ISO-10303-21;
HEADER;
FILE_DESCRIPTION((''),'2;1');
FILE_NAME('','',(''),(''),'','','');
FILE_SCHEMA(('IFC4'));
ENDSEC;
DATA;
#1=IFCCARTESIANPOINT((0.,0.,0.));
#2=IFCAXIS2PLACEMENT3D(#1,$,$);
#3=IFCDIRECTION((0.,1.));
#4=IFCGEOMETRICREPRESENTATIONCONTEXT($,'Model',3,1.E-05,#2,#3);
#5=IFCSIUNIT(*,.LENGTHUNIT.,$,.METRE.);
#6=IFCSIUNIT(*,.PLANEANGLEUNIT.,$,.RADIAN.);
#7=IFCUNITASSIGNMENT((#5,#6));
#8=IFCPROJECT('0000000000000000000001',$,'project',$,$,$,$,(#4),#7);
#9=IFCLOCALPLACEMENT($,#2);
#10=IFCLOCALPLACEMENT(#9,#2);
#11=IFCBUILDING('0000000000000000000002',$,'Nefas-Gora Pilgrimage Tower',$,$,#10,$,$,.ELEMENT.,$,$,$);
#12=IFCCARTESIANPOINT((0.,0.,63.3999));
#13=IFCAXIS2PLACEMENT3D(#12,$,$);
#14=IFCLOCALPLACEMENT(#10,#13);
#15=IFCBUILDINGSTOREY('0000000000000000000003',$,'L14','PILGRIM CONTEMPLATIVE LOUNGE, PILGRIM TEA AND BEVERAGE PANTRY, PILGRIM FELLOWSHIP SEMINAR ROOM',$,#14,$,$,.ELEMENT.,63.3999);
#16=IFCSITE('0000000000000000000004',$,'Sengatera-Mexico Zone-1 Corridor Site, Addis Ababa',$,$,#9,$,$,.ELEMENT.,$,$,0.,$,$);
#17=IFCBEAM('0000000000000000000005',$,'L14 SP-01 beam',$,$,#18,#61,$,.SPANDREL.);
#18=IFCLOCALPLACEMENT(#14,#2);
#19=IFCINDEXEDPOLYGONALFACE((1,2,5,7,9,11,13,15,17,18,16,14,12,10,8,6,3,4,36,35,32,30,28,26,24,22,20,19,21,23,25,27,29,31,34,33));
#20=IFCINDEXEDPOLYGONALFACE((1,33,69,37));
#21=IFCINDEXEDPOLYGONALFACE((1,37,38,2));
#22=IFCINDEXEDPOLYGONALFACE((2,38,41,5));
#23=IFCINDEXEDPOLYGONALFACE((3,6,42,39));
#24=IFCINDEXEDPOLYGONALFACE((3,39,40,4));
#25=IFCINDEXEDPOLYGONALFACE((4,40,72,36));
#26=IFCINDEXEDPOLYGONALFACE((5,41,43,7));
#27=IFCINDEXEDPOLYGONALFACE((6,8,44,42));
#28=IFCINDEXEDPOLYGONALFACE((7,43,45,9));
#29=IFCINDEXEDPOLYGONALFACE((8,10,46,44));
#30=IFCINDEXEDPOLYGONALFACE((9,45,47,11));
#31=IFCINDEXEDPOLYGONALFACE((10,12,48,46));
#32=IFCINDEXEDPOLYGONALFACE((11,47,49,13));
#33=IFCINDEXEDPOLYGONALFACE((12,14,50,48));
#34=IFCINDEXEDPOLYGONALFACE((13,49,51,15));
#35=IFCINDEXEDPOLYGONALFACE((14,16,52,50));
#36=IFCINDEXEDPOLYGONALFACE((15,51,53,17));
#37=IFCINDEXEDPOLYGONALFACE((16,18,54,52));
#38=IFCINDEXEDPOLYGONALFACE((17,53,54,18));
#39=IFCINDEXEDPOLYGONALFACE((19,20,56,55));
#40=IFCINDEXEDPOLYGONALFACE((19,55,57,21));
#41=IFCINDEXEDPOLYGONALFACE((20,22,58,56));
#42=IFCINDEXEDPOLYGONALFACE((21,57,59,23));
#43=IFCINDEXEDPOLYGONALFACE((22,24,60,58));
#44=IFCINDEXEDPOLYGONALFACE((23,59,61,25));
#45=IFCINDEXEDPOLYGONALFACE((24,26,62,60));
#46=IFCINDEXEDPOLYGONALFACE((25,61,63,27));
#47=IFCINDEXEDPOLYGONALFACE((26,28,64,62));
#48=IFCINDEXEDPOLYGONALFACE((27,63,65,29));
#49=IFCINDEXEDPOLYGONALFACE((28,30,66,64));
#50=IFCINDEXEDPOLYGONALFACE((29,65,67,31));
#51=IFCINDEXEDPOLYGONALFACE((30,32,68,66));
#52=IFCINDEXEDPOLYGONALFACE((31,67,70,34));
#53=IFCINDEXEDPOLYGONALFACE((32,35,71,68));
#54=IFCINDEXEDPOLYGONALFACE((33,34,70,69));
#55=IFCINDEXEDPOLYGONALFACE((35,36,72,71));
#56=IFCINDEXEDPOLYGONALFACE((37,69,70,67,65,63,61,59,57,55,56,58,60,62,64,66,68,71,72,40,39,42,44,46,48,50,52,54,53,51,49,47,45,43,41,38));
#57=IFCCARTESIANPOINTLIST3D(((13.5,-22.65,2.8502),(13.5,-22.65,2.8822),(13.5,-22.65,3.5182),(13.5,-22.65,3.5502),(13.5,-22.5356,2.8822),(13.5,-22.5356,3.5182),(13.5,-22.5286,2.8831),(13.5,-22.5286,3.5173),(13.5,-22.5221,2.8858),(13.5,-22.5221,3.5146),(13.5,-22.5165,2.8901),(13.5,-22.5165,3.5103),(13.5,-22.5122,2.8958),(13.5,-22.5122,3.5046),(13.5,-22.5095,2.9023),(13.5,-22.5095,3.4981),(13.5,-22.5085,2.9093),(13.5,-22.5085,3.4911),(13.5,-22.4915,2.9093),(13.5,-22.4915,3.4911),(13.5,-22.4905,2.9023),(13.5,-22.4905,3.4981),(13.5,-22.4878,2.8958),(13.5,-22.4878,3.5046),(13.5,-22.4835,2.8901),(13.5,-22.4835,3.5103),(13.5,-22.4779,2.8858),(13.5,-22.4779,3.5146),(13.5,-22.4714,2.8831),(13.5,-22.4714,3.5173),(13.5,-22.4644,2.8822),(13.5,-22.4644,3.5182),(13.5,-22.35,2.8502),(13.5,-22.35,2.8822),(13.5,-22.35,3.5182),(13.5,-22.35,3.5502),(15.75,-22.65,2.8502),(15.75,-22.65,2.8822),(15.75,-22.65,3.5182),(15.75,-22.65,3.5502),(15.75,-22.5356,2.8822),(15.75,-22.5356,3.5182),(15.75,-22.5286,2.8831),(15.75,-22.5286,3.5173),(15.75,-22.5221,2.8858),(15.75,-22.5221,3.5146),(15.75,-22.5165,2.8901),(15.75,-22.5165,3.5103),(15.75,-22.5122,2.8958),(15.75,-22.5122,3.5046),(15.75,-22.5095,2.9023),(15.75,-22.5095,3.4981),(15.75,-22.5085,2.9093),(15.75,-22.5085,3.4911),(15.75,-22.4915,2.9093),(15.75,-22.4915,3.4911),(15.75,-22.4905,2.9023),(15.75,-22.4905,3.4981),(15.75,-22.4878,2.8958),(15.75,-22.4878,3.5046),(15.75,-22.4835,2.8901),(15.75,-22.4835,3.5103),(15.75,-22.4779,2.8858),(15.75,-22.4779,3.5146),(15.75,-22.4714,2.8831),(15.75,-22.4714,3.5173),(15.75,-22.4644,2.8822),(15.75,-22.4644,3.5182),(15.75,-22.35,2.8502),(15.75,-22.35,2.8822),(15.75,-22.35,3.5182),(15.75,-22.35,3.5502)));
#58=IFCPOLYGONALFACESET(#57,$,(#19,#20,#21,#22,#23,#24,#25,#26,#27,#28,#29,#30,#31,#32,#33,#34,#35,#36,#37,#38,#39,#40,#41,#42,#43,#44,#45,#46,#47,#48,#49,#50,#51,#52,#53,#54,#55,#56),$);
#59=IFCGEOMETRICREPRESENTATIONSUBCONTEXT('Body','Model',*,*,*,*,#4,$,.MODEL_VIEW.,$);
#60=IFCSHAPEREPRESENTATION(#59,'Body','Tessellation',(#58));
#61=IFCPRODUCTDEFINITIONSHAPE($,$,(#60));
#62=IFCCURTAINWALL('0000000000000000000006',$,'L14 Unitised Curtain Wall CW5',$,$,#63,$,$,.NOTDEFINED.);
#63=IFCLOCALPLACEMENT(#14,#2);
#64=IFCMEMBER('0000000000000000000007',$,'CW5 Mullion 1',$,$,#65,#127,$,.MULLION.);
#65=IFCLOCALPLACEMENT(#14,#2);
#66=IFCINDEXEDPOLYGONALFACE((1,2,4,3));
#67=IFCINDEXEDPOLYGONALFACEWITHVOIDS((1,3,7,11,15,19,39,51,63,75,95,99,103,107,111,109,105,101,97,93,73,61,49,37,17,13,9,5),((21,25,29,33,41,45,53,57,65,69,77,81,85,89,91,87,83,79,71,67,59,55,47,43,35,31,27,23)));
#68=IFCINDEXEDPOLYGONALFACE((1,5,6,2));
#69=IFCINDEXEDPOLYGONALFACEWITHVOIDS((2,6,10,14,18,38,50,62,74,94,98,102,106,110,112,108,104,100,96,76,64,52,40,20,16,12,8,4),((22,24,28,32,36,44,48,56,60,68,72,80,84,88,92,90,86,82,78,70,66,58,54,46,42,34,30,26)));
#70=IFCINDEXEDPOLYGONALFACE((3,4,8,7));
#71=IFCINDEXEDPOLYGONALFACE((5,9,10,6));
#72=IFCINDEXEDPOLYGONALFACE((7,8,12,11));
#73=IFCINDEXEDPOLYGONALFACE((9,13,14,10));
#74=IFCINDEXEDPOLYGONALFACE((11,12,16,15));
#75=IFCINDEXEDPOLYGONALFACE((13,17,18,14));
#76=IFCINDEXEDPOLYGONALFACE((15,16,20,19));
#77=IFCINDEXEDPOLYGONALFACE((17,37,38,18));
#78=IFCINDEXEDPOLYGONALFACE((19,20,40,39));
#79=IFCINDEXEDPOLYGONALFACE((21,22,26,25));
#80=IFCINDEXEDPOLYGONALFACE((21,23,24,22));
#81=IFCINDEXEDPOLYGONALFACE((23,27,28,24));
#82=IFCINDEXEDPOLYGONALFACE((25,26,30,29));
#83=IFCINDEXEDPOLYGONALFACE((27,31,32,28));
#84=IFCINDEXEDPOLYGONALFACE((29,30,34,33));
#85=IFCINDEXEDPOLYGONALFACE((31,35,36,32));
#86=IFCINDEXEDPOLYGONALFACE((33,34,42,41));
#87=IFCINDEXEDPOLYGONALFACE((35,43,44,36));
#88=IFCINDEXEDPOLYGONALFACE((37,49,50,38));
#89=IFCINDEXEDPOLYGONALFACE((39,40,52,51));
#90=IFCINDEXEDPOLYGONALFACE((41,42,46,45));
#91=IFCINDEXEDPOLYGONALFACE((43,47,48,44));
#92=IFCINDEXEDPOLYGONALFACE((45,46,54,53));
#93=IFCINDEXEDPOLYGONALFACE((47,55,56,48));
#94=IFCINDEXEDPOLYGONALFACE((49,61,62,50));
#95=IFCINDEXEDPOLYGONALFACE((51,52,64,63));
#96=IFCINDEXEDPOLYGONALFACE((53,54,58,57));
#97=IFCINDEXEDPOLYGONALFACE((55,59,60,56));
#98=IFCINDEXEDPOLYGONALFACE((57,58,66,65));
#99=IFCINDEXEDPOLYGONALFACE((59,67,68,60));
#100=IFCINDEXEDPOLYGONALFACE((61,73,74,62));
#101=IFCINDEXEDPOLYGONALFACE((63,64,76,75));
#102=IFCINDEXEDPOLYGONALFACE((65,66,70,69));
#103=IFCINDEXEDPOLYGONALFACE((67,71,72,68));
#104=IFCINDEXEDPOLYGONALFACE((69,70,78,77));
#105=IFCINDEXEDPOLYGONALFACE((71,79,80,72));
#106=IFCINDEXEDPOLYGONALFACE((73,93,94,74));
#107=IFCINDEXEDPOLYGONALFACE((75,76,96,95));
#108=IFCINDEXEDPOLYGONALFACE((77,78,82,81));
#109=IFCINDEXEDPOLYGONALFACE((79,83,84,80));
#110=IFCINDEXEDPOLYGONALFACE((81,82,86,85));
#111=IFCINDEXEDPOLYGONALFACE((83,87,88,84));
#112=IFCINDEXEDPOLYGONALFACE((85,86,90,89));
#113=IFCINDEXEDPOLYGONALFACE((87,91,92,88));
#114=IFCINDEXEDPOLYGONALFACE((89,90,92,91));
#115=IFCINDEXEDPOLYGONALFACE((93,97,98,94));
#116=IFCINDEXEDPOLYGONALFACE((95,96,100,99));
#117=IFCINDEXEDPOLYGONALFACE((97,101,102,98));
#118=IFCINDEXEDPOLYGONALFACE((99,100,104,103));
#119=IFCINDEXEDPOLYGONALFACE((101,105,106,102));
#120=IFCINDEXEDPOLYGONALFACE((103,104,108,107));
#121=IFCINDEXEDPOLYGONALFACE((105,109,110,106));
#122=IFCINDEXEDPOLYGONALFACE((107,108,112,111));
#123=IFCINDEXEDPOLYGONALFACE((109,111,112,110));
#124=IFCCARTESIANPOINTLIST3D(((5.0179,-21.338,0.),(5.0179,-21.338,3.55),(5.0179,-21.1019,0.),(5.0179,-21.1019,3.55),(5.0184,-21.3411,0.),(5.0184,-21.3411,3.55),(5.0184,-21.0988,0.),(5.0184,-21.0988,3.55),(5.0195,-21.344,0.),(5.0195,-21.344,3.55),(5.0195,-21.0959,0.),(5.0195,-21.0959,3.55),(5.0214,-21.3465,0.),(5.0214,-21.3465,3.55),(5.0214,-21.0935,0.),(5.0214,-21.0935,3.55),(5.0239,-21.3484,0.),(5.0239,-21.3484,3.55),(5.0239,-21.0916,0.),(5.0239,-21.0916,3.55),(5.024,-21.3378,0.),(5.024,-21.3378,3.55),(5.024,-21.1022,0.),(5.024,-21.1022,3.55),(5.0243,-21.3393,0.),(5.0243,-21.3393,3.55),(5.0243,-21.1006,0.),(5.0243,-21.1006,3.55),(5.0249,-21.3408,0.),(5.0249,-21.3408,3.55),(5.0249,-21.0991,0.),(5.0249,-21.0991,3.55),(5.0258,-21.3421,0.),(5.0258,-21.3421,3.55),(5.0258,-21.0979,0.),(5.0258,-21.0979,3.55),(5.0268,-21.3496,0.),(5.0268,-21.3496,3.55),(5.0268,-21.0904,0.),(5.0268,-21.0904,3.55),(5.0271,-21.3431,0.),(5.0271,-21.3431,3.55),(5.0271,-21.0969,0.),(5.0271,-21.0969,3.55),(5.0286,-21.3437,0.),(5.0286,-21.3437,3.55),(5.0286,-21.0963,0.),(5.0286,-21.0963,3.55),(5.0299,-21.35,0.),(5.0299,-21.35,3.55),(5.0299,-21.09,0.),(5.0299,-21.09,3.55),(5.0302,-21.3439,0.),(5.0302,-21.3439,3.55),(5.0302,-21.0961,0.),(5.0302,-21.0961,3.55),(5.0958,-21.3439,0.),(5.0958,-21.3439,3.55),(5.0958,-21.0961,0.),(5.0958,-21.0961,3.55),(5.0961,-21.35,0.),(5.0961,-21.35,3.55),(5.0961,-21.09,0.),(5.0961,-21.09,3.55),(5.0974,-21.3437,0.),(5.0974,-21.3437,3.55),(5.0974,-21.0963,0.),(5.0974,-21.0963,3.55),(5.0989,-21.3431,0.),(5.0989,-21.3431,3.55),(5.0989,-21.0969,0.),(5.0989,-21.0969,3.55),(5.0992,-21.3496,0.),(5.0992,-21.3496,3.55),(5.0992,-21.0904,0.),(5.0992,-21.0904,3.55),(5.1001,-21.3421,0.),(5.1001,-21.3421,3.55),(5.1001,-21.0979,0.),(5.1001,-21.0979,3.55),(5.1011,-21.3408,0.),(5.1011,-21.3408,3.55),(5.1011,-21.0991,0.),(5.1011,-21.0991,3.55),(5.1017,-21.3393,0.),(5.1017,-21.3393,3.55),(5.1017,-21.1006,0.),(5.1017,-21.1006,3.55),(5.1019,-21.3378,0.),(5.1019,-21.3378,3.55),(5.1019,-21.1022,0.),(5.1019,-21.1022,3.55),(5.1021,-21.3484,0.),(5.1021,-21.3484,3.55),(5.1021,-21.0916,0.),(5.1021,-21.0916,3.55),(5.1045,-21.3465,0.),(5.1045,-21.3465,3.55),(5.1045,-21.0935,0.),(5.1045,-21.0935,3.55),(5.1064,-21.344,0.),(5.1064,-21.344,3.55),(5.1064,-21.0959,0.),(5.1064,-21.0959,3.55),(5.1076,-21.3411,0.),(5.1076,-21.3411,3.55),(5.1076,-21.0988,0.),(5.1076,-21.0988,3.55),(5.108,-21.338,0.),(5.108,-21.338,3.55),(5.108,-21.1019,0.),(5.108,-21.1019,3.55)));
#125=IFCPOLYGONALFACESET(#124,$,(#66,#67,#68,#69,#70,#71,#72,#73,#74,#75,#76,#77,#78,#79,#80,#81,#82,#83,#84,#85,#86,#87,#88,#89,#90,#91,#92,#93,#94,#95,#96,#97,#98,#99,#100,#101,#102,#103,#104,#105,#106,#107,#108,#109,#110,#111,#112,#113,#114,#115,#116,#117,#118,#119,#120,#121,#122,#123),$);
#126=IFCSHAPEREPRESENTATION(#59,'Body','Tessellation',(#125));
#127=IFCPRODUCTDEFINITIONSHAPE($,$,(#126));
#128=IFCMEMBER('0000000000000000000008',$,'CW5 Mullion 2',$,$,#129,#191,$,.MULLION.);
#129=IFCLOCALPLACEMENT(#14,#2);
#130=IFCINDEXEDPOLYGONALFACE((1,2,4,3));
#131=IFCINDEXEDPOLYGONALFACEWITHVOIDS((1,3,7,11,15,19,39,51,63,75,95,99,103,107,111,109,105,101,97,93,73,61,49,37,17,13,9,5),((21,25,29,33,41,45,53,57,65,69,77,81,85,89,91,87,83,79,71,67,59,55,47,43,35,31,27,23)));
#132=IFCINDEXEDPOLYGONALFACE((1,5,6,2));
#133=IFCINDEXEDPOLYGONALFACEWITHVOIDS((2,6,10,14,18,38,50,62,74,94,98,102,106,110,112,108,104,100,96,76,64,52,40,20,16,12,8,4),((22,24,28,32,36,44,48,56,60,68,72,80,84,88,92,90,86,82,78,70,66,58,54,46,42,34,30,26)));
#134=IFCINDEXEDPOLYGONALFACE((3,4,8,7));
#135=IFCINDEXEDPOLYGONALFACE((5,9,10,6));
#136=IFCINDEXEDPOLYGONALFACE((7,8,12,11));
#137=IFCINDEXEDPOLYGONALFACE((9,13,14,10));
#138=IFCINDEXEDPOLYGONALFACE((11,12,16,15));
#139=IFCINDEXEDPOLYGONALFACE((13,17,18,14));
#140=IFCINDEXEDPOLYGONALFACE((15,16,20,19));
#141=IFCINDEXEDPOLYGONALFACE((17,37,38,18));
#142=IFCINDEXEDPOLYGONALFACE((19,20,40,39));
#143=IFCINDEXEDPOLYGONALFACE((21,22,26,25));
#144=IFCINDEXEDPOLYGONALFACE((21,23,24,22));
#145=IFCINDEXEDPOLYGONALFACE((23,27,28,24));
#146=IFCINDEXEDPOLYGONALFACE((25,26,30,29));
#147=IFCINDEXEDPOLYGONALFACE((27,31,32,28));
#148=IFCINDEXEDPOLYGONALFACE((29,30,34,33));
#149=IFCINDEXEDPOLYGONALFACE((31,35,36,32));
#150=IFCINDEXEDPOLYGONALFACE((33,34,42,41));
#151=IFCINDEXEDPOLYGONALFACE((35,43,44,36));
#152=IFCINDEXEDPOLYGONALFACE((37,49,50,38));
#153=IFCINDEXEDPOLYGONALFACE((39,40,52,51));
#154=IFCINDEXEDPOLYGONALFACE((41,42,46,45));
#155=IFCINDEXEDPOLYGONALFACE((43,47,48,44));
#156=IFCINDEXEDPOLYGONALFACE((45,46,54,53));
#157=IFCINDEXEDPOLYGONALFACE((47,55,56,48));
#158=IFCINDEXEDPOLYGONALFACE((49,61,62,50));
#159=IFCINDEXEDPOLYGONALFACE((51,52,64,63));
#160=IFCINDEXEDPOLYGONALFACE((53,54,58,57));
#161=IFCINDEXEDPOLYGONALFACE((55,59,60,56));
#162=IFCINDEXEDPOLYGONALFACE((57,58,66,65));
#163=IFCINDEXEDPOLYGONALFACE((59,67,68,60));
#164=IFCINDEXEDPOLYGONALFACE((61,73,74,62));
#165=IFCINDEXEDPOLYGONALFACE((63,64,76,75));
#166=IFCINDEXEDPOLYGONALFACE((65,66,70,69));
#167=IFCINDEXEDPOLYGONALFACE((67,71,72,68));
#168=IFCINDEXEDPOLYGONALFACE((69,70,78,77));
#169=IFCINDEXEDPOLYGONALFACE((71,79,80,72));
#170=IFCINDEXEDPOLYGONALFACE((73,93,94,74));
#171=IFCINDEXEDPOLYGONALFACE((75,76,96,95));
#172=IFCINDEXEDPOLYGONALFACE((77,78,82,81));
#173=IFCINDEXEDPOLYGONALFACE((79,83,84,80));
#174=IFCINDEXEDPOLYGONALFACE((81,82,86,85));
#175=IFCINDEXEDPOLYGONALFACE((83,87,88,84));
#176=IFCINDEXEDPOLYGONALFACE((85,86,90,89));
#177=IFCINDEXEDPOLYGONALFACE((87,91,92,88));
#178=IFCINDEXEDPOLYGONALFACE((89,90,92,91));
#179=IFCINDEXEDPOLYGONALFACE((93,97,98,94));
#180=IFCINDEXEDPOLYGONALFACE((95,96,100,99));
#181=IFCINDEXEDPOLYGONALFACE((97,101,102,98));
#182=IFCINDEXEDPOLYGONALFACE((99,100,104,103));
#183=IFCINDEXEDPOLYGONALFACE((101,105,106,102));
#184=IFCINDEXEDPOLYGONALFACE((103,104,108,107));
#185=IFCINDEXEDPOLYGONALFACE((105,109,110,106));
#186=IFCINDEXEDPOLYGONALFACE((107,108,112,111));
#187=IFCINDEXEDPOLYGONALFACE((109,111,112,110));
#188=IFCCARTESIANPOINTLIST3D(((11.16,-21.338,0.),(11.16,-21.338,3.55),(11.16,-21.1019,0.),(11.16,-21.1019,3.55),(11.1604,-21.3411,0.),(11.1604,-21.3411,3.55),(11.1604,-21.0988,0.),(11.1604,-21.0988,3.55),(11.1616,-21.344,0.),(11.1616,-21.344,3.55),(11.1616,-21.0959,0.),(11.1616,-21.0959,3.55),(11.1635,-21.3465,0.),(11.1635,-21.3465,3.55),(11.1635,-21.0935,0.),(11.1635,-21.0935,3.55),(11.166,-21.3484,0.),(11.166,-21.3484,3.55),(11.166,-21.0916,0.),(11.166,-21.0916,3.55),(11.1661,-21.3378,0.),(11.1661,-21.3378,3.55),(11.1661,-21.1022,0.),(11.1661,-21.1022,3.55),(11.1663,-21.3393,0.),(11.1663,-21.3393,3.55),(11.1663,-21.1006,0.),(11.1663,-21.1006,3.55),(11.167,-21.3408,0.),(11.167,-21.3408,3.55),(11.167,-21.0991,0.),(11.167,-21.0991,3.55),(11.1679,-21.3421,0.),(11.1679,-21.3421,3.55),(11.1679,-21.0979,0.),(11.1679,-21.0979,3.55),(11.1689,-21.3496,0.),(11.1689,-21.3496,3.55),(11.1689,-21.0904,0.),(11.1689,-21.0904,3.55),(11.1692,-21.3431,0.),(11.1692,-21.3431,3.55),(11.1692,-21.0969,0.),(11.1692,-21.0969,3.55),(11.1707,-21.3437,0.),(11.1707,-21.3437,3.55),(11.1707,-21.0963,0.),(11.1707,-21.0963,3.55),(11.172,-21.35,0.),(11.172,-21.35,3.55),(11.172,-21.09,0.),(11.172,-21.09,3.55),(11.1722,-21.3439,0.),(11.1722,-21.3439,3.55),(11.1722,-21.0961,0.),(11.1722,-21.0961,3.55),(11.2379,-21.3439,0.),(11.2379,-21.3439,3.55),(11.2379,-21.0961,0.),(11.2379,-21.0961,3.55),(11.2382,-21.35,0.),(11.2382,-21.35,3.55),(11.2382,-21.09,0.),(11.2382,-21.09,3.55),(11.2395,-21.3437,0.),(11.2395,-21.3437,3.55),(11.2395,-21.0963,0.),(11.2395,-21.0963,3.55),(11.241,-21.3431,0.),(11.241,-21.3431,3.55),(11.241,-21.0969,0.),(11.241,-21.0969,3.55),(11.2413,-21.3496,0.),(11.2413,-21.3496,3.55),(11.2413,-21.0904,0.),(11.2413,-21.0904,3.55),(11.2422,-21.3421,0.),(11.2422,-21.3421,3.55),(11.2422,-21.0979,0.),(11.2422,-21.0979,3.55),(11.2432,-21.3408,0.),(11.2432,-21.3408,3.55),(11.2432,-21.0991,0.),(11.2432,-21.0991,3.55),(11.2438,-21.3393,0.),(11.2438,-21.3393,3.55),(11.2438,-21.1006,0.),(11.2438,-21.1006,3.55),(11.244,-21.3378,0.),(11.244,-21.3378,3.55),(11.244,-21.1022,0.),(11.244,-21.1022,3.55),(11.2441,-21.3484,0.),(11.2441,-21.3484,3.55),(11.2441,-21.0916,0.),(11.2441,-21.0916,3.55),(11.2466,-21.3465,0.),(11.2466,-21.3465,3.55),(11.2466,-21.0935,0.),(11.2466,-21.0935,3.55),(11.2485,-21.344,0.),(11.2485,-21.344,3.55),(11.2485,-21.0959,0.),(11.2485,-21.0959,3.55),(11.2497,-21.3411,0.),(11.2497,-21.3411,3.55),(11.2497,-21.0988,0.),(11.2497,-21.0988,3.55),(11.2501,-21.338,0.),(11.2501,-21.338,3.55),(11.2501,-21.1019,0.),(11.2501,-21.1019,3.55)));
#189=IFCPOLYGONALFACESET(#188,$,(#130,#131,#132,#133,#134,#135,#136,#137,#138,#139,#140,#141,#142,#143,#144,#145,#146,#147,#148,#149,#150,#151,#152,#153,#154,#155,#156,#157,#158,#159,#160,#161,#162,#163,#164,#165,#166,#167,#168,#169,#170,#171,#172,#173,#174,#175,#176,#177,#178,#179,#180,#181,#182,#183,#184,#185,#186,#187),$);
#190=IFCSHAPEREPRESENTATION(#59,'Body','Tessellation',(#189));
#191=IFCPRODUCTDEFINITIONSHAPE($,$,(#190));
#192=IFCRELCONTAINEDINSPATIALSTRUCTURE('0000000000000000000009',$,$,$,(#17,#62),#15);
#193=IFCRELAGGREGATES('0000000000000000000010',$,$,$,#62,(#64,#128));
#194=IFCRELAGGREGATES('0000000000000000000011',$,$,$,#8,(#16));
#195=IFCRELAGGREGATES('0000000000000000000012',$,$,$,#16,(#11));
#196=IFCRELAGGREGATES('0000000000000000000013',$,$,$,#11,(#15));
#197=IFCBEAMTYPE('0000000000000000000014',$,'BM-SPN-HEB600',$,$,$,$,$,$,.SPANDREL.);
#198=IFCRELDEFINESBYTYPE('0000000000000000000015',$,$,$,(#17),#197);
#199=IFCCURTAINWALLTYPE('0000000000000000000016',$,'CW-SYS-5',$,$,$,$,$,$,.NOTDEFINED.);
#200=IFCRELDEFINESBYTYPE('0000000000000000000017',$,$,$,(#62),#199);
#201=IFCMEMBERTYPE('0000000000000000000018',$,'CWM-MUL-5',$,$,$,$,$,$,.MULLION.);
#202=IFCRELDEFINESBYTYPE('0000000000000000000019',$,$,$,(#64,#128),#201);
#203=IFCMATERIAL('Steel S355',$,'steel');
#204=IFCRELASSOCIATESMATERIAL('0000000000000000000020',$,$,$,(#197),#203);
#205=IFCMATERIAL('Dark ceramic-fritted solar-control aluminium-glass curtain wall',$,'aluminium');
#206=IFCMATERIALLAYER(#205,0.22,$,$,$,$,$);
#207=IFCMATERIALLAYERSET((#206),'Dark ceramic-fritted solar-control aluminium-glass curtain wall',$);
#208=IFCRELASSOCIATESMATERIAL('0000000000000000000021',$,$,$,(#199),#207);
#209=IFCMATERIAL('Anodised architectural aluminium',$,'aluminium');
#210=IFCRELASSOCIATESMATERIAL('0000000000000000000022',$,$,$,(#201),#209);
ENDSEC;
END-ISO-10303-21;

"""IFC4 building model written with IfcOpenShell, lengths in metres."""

from ifc_helpers import new_model, si_unit, direction, frame, origin, origin_2d, place, context, subcontext, project, spatial, hollow_rectangle, i_section, extrude, source, transform, mapped, material, layer, layer_set, material_profile, profile_set, type_object, element, aggregate, save


model = new_model("IFC4")

# Units and contexts
model_context = context("Model", 3, precision=1e-05, world=origin(), true_north=direction((0.0, 1.0)))
body_context = subcontext(model_context, "Body", "Model", "MODEL_VIEW")
ifc_project = project(units=[si_unit("LENGTHUNIT", "METRE"), si_unit("PLANEANGLEUNIT", "RADIAN")], contexts=[model_context])

# Site, building, storey
site_placement = place(None, origin())
site = spatial("IfcSite", under=ifc_project, at=site_placement, Name="Sengatera-Mexico Zone-1 Corridor Site, Addis Ababa", CompositionType="ELEMENT", RefElevation=0.0)
building_placement = place(site_placement, origin())
building = spatial("IfcBuilding", under=site, at=building_placement, Name="Nefas-Gora Pilgrimage Tower", CompositionType="ELEMENT")
storey_placement = place(building_placement, frame((0.0, 0.0, 63.3999)))
storey = spatial("IfcBuildingStorey", under=building, at=storey_placement, Name="L14", Description="PILGRIM CONTEMPLATIVE LOUNGE, PILGRIM TEA AND BEVERAGE PANTRY, PILGRIM FELLOWSHIP SEMINAR ROOM", CompositionType="ELEMENT", Elevation=63.3999)

# Beam
ifc_material_1 = material(Name="Steel S355", Category="steel")
ifc_material_profile_1 = material_profile(ifc_material_1, i_section(OverallWidth=0.3, OverallDepth=0.7, WebThickness=0.0171, FlangeThickness=0.032, FilletRadius=0.0271, at=origin_2d()), Name="HEB 700")
ifc_profile_set_1 = profile_set([ifc_material_profile_1], Name="Steel S355")
beam_type_1 = type_object("IfcBeamType", Name="BM-SPN-HEB600", PredefinedType="SPANDREL", material=ifc_profile_set_1)
shared_shape_1 = source(origin(), body_context, "Body", "SweptSolid", [
    extrude(i_section(OverallWidth=0.3, OverallDepth=0.7, WebThickness=0.0171, FlangeThickness=0.032, FilletRadius=0.0271, at=origin_2d()), origin(), (0.0, 0.0, 1.0), 2.25),
])
beam_1_placement = place(storey_placement, frame((13.5, -22.5, 3.2002), z_axis=(1.0, 0.0, 0.0), x_axis=(0.0, 1.0, 0.0)))
element("IfcBeam", 1, at=beam_1_placement, inside=storey, type_object=beam_type_1, Name="L14 SP-01 beam", PredefinedType="SPANDREL", context=body_context, shape_type="MappedRepresentation", body=[
    mapped(shared_shape_1, transform((0.0, 0.0, 0.0), x_axis=(1.0, 0.0, 0.0), y_axis=(0.0, 1.0, 0.0), z_axis=(0.0, 0.0, 1.0), scale=1.0)),
])

# Curtain wall, members
ifc_material_2 = material(Name="Dark ceramic-fritted solar-control aluminium-glass curtain wall", Category="aluminium")
ifc_layer_1 = layer(ifc_material_2, 0.22)
ifc_layer_set_1 = layer_set([ifc_layer_1], Name="Dark ceramic-fritted solar-control aluminium-glass curtain wall")
curtain_wall_type_1 = type_object("IfcCurtainWallType", Name="CW-SYS-5", PredefinedType="NOTDEFINED", material=ifc_layer_set_1)
curtain_wall_1_placement = place(storey_placement, origin())
curtain_wall_1 = element("IfcCurtainWall", 2, at=curtain_wall_1_placement, inside=storey, type_object=curtain_wall_type_1, Name="L14 Unitised Curtain Wall CW5", PredefinedType="NOTDEFINED")
ifc_material_3 = material(Name="Anodised architectural aluminium", Category="aluminium")
ifc_material_profile_2 = material_profile(ifc_material_3, hollow_rectangle(XDim=0.0901, YDim=0.26, WallThickness=0.0061, InnerFilletRadius=0.0061, OuterFilletRadius=0.012, at=origin_2d()), Name="ALU MULLION 90x260")
ifc_profile_set_2 = profile_set([ifc_material_profile_2], Name="Anodised architectural aluminium")
member_type_1 = type_object("IfcMemberType", Name="CWM-MUL-5", PredefinedType="MULLION", material=ifc_profile_set_2)
shared_shape_2 = source(origin(), body_context, "Body", "SweptSolid", [
    extrude(hollow_rectangle(XDim=0.0901, YDim=0.26, WallThickness=0.0061, InnerFilletRadius=0.0061, OuterFilletRadius=0.012, at=origin_2d()), origin(), (0.0, 0.0, 1.0), 3.55),
])
member_1_placement = place(storey_placement, frame((5.063, -21.22, 0.0), z_axis=(0.0, 0.0, 1.0), x_axis=(1.0, 0.0, 0.0)))
member_1 = element("IfcMember", 3, at=member_1_placement, type_object=member_type_1, Name="CW5 Mullion 1", PredefinedType="MULLION", context=body_context, shape_type="MappedRepresentation", body=[
    mapped(shared_shape_2, transform((0.0, 0.0, 0.0), x_axis=(1.0, 0.0, 0.0), y_axis=(0.0, 1.0, 0.0), z_axis=(0.0, 0.0, 1.0), scale=1.0)),
])
member_2_placement = place(storey_placement, frame((11.2051, -21.22, 0.0), z_axis=(0.0, 0.0, 1.0), x_axis=(1.0, 0.0, 0.0)))
member_2 = element("IfcMember", 4, at=member_2_placement, type_object=member_type_1, Name="CW5 Mullion 2", PredefinedType="MULLION", context=body_context, shape_type="MappedRepresentation", body=[
    mapped(shared_shape_2, transform((0.0, 0.0, 0.0), x_axis=(1.0, 0.0, 0.0), y_axis=(0.0, 1.0, 0.0), z_axis=(0.0, 0.0, 1.0), scale=1.0)),
])

aggregate(curtain_wall_1, [member_1, member_2])

save(model, "model.ifc")
